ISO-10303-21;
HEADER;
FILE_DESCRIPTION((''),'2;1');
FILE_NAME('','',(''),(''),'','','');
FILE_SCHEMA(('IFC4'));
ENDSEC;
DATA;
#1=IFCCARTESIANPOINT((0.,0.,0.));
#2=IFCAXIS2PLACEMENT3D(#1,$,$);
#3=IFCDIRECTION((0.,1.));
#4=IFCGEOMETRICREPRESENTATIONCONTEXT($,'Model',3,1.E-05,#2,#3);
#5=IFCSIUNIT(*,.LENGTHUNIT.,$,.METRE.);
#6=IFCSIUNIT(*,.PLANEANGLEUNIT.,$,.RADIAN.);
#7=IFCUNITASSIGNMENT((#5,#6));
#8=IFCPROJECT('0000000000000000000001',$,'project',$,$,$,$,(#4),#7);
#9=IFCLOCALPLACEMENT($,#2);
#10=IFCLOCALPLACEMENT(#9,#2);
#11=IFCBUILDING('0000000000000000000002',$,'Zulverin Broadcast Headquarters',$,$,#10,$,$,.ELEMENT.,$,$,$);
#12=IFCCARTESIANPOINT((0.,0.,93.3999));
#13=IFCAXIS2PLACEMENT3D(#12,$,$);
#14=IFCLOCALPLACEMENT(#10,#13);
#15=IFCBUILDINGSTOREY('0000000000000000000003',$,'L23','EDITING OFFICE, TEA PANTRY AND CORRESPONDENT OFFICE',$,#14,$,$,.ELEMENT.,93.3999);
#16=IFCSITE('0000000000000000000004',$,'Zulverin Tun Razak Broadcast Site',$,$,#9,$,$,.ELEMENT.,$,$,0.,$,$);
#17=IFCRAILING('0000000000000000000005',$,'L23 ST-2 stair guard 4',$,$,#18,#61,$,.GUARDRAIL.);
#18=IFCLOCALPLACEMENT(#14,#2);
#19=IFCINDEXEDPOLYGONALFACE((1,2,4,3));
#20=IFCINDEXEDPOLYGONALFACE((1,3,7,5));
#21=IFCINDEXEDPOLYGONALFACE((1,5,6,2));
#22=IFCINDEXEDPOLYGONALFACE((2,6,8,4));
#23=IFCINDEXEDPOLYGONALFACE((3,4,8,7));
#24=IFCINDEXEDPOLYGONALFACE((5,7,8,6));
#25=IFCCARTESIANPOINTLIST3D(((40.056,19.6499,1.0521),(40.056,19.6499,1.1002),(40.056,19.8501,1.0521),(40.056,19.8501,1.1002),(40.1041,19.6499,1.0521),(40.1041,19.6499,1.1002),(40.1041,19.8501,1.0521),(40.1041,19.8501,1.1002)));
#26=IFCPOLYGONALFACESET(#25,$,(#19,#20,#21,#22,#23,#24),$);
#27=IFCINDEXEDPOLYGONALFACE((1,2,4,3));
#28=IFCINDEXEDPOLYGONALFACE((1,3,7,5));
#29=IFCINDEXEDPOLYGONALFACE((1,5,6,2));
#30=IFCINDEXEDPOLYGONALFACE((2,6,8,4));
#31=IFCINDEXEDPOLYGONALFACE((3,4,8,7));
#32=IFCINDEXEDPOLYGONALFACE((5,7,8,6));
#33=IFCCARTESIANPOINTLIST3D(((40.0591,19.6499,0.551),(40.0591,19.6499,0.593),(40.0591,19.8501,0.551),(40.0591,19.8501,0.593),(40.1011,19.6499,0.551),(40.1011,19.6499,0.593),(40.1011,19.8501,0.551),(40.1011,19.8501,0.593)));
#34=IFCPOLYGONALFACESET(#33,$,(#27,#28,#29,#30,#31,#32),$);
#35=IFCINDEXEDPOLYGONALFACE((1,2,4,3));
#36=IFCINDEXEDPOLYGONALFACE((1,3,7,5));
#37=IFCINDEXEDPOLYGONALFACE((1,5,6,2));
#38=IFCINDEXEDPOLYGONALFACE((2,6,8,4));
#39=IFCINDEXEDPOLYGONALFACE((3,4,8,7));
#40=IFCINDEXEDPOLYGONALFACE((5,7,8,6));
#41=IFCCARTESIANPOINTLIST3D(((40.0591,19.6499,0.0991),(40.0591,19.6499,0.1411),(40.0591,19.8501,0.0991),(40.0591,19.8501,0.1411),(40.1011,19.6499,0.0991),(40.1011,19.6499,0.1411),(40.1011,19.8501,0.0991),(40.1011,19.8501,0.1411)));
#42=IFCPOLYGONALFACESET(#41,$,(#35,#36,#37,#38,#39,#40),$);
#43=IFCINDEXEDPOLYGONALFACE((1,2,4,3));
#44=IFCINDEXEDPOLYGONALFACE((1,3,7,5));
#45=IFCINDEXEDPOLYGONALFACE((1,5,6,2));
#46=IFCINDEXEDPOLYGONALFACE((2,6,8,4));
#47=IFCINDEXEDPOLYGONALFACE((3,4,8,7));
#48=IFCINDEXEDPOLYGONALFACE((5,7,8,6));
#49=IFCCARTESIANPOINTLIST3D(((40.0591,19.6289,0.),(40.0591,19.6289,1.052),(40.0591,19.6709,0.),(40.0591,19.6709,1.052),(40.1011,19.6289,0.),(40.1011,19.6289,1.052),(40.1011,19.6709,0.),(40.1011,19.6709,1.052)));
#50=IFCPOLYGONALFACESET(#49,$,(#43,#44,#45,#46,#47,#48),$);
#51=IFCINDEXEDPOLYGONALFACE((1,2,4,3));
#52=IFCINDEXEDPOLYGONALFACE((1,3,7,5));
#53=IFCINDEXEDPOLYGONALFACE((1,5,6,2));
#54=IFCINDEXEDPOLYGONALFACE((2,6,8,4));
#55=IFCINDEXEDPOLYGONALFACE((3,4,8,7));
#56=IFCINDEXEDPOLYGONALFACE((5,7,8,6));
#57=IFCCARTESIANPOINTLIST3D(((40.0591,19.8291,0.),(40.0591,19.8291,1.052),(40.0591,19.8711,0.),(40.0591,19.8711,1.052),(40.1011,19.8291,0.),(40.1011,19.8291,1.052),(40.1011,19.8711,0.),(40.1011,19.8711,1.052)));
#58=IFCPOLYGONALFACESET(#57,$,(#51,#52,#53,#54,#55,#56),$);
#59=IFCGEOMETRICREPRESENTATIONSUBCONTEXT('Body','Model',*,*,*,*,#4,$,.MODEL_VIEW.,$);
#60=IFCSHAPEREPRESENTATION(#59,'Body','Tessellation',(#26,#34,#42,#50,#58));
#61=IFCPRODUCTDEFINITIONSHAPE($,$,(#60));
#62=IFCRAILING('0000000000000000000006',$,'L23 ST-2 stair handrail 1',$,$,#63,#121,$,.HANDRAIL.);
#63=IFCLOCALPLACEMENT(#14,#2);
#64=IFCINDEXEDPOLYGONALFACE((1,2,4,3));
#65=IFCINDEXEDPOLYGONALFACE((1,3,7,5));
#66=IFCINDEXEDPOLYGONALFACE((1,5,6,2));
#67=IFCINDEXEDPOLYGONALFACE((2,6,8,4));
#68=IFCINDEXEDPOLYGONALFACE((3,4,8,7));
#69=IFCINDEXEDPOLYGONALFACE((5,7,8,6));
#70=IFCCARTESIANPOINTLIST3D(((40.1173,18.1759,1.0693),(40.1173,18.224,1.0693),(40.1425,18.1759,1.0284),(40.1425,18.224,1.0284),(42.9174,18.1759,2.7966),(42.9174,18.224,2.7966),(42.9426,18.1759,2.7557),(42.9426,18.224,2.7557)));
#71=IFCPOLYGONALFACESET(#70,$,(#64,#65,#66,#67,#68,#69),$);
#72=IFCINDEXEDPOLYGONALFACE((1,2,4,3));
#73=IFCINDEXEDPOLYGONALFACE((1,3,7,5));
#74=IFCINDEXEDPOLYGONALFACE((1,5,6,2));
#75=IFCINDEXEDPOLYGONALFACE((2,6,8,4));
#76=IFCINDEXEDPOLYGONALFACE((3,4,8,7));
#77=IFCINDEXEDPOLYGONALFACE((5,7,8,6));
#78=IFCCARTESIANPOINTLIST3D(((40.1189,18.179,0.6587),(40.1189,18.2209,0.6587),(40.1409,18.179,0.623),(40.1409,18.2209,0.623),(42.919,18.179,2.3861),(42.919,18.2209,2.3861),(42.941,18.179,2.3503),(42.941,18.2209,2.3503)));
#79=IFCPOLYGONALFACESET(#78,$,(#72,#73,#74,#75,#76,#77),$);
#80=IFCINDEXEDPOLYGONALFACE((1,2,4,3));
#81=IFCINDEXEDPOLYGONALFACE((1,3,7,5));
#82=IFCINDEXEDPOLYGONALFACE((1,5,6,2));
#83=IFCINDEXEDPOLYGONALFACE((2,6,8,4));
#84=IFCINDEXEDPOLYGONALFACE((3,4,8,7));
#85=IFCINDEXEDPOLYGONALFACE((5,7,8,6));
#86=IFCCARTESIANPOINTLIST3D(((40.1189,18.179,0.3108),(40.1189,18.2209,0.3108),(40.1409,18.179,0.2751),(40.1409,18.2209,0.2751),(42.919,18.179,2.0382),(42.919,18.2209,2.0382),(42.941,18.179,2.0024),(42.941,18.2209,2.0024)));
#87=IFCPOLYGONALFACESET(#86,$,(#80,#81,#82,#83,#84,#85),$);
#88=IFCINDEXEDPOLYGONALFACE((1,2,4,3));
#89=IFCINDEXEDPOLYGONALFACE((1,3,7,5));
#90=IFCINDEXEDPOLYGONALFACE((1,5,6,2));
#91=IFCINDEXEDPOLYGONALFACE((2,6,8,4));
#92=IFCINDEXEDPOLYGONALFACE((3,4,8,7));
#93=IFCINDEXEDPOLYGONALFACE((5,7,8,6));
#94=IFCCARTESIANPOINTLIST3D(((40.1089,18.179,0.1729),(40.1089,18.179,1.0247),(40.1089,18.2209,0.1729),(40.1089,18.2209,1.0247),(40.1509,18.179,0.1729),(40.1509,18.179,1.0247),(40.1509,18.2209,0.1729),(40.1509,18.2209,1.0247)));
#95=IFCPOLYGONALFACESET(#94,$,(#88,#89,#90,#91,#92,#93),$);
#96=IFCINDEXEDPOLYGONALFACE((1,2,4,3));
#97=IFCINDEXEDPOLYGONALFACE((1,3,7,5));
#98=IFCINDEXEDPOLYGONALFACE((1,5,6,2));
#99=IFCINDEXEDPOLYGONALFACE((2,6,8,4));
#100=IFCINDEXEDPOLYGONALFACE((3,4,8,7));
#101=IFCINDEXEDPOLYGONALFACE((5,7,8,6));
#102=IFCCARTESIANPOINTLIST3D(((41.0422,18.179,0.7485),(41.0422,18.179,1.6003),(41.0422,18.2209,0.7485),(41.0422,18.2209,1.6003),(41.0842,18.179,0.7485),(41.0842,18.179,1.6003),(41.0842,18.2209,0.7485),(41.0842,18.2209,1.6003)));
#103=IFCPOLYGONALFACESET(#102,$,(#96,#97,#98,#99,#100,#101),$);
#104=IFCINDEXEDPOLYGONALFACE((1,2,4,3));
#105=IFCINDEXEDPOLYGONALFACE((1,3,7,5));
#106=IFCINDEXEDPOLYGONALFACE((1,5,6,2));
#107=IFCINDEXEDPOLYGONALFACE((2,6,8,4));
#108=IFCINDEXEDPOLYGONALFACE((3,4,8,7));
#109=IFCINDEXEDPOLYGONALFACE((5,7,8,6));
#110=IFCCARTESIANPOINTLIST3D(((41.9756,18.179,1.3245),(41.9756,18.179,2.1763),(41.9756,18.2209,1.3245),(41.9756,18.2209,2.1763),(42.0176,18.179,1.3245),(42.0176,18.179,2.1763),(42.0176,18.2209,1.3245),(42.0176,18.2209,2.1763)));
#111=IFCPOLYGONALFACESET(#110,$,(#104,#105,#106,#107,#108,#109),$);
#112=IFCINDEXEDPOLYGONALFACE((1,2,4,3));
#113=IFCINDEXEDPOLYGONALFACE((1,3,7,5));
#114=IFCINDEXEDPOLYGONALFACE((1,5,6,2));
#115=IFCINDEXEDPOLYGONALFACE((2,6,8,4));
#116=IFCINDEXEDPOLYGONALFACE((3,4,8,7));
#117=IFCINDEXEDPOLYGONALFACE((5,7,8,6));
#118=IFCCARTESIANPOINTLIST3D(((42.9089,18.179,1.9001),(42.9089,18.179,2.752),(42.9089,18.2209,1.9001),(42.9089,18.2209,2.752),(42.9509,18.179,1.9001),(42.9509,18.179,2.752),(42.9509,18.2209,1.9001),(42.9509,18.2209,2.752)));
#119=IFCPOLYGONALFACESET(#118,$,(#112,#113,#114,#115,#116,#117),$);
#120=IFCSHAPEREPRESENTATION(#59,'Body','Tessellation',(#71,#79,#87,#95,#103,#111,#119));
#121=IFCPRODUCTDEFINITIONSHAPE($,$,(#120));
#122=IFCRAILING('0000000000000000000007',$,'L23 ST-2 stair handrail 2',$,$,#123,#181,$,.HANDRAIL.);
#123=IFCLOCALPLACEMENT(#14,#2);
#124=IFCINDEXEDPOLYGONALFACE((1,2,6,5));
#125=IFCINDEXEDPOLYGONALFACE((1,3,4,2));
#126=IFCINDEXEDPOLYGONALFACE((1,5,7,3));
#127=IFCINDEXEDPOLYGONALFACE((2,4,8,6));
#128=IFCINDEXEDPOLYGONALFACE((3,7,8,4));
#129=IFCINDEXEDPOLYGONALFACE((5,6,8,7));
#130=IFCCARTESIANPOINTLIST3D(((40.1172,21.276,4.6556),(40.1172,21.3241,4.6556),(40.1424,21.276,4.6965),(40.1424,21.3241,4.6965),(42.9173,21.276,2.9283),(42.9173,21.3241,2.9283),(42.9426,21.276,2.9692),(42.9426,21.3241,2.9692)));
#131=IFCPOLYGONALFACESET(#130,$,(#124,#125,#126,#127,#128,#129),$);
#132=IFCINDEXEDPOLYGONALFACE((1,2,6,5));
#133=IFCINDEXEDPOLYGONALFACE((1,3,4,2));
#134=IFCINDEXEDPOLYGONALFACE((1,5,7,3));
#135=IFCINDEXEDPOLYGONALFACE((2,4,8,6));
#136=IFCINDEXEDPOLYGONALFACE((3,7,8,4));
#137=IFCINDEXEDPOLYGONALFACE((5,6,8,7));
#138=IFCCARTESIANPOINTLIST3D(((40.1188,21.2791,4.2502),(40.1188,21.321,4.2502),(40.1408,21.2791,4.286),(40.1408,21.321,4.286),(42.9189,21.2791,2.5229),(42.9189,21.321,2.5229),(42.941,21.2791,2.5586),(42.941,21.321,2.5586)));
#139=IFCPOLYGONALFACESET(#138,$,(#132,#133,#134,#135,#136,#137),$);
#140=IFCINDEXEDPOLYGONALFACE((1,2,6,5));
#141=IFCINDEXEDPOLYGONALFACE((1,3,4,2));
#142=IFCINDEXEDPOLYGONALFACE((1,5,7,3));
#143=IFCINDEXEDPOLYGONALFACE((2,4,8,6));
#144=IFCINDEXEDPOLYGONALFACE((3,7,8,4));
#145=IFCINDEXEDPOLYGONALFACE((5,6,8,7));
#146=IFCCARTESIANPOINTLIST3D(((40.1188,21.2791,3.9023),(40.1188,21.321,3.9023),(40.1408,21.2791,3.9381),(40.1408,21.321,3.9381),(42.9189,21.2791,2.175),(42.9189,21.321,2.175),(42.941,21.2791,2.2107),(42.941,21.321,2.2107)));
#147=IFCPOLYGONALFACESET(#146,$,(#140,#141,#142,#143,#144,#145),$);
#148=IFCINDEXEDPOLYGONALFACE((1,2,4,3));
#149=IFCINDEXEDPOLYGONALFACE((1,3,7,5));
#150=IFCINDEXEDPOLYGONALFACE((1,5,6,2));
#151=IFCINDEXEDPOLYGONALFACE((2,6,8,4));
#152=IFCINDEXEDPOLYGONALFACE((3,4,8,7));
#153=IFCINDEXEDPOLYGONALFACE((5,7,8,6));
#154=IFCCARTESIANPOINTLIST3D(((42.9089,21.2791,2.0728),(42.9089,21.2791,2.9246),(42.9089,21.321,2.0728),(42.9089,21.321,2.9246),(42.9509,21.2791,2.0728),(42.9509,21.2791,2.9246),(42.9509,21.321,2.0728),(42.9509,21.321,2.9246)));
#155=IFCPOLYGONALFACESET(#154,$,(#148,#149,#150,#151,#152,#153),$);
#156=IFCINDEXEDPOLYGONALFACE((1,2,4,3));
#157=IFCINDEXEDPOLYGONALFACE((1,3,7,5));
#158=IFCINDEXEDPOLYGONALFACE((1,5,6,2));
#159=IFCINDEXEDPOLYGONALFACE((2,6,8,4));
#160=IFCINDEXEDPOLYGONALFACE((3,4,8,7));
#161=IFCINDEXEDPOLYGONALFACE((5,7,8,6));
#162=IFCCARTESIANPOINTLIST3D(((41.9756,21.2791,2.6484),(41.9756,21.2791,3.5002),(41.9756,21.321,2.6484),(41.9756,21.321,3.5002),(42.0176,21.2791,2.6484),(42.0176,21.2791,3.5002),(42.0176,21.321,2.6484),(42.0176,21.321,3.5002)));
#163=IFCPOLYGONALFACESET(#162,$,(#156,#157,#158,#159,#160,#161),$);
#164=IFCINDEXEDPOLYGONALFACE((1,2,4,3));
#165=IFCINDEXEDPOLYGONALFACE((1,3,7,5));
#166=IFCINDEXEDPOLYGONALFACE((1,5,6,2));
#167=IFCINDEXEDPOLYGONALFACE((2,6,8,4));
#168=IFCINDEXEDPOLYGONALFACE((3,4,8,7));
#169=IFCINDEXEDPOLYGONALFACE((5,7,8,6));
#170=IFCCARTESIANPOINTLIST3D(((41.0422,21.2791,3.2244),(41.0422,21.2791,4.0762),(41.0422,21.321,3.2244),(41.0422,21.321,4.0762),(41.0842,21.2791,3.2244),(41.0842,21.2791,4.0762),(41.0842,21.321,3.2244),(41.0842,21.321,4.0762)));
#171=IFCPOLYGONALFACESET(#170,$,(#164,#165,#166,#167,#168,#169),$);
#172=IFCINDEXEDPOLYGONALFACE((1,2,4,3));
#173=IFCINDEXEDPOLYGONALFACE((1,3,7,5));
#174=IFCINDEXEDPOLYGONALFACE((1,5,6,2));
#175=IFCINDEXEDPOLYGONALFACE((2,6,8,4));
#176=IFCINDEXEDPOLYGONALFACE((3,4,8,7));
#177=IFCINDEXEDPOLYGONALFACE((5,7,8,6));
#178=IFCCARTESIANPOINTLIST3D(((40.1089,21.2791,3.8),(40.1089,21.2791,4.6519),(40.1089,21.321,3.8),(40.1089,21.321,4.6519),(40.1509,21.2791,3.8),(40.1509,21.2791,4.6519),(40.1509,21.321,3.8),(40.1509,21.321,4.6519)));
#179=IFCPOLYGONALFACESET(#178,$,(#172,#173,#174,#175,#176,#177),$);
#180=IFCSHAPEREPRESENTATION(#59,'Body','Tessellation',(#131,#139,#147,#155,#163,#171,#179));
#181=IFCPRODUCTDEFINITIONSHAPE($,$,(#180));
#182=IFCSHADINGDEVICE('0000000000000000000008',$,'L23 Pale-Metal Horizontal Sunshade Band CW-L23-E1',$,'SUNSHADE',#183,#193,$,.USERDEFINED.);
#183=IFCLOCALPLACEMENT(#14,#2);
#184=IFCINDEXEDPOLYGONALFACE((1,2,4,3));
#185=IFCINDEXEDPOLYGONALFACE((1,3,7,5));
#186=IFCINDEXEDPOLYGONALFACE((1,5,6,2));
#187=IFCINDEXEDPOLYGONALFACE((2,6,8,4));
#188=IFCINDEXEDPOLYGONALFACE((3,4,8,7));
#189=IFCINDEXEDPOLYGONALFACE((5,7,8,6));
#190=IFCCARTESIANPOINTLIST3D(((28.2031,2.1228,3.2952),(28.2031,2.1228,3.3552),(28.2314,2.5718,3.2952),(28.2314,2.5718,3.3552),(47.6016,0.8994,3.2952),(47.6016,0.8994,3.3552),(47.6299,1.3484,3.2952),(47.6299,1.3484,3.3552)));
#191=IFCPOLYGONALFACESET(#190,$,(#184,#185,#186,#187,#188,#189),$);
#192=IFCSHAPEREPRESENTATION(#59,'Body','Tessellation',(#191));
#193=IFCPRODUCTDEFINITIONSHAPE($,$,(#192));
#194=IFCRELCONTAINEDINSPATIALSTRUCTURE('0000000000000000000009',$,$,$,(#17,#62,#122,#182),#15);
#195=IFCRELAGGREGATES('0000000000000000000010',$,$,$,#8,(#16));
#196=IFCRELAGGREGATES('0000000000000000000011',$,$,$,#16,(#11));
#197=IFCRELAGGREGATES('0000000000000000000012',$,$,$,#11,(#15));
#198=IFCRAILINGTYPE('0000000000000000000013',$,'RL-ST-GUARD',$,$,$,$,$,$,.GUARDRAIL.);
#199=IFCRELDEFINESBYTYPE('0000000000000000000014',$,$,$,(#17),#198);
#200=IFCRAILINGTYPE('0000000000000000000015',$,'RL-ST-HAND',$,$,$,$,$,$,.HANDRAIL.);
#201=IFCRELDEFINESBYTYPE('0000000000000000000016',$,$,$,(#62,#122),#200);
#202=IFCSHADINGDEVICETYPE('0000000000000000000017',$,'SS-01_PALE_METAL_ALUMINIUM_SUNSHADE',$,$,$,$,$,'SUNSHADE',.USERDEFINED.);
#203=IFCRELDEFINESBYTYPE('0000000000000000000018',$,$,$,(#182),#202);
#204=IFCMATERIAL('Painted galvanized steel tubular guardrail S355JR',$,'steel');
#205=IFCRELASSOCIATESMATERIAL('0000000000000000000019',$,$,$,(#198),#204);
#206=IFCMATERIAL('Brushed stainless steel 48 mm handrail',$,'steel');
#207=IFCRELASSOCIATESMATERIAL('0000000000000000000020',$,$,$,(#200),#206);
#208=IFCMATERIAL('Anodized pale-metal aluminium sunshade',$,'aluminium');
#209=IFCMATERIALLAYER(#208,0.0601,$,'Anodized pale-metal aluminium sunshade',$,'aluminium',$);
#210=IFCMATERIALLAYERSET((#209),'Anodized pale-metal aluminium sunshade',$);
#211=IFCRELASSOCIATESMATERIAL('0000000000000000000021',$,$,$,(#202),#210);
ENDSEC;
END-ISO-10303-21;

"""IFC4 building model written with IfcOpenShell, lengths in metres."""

from ifc_helpers import new_model, si_unit, direction, frame, origin, origin_2d, place, context, subcontext, project, spatial, rectangle, extrude, material, layer, layer_set, type_object, element, save


model = new_model("IFC4")

# Units and contexts
model_context = context("Model", 3, precision=1e-05, world=origin(), true_north=direction((0.0, 1.0)))
body_context = subcontext(model_context, "Body", "Model", "MODEL_VIEW")
ifc_project = project(units=[si_unit("LENGTHUNIT", "METRE"), si_unit("PLANEANGLEUNIT", "RADIAN")], contexts=[model_context])

# Site, building, storey
site_placement = place(None, origin())
site = spatial("IfcSite", under=ifc_project, at=site_placement, Name="Zulverin Tun Razak Broadcast Site", CompositionType="ELEMENT", RefElevation=0.0)
building_placement = place(site_placement, origin())
building = spatial("IfcBuilding", under=site, at=building_placement, Name="Zulverin Broadcast Headquarters", CompositionType="ELEMENT")
storey_placement = place(building_placement, frame((0.0, 0.0, 93.3999)))
storey = spatial("IfcBuildingStorey", under=building, at=storey_placement, Name="L23", Description="EDITING OFFICE, TEA PANTRY AND CORRESPONDENT OFFICE", CompositionType="ELEMENT", Elevation=93.3999)

# Railings
ifc_material_1 = material(Name="Painted galvanized steel tubular guardrail S355JR", Category="steel")
railing_type_1 = type_object("IfcRailingType", Name="RL-ST-GUARD", PredefinedType="GUARDRAIL", material=ifc_material_1)
railing_1_placement = place(storey_placement, frame((40.0801, 19.6499, 0.0)))
element("IfcRailing", 1, at=railing_1_placement, inside=storey, type_object=railing_type_1, Name="L23 ST-2 stair guard 4", PredefinedType="GUARDRAIL", context=body_context, shape_type="SweptSolid", body=[
    extrude(rectangle(XDim=0.0481, YDim=0.0481, at=origin_2d()), frame((0.0, 0.0, 1.0762), z_axis=(0.0, 1.0, 0.0), x_axis=(-1.0, 0.0, 0.0)), (0.0, 0.0, 1.0), 0.2002),
    extrude(rectangle(XDim=0.042, YDim=0.042, at=origin_2d()), frame((0.0, 0.0, 0.572), z_axis=(0.0, 1.0, 0.0), x_axis=(-1.0, 0.0, 0.0)), (0.0, 0.0, 1.0), 0.2002),
    extrude(rectangle(XDim=0.042, YDim=0.042, at=origin_2d()), frame((0.0, 0.0, 0.1201), z_axis=(0.0, 1.0, 0.0), x_axis=(-1.0, 0.0, 0.0)), (0.0, 0.0, 1.0), 0.2002),
    extrude(rectangle(XDim=0.042, YDim=0.042, at=origin_2d()), origin(), (0.0, 0.0, 1.0), 1.052),
    extrude(rectangle(XDim=0.042, YDim=0.042, at=origin_2d()), frame((0.0, 0.2002, 0.0)), (0.0, 0.0, 1.0), 1.052),
])
ifc_material_2 = material(Name="Brushed stainless steel 48 mm handrail", Category="steel")
railing_type_2 = type_object("IfcRailingType", Name="RL-ST-HAND", PredefinedType="HANDRAIL", material=ifc_material_2)
railing_2_placement = place(storey_placement, frame((40.1299, 18.2, 0.1729)))
element("IfcRailing", 2, at=railing_2_placement, inside=storey, type_object=railing_type_2, Name="L23 ST-2 stair handrail 1", PredefinedType="HANDRAIL", context=body_context, shape_type="SweptSolid", body=[
    extrude(rectangle(XDim=0.0481, YDim=0.0481, at=origin_2d()), frame((0.0, 0.0, 0.876), z_axis=(0.85109, 0.0, 0.52502), x_axis=(0.0, 1.0, 0.0)), (0.0, 0.0, 1.0), 3.29),
    extrude(rectangle(XDim=0.042, YDim=0.042, at=origin_2d()), frame((0.0, 0.0, 0.468), z_axis=(0.85109, 0.0, 0.52502), x_axis=(0.0, 1.0, 0.0)), (0.0, 0.0, 1.0), 3.29),
    extrude(rectangle(XDim=0.042, YDim=0.042, at=origin_2d()), frame((0.0, 0.0, 0.1201), z_axis=(0.85109, 0.0, 0.52502), x_axis=(0.0, 1.0, 0.0)), (0.0, 0.0, 1.0), 3.29),
    extrude(rectangle(XDim=0.042, YDim=0.042, at=origin_2d()), origin(), (0.0, 0.0, 1.0), 0.8518),
    extrude(rectangle(XDim=0.042, YDim=0.042, at=origin_2d()), frame((0.9333, 0.0, 0.5757)), (0.0, 0.0, 1.0), 0.8518),
    extrude(rectangle(XDim=0.042, YDim=0.042, at=origin_2d()), frame((1.8667, 0.0, 1.1516)), (0.0, 0.0, 1.0), 0.8518),
    extrude(rectangle(XDim=0.042, YDim=0.042, at=origin_2d()), frame((2.8, 0.0, 1.7273)), (0.0, 0.0, 1.0), 0.8518),
])
railing_3_placement = place(storey_placement, frame((42.9299, 21.3, 2.0728)))
element("IfcRailing", 3, at=railing_3_placement, inside=storey, type_object=railing_type_2, Name="L23 ST-2 stair handrail 2", PredefinedType="HANDRAIL", context=body_context, shape_type="SweptSolid", body=[
    extrude(rectangle(XDim=0.0481, YDim=0.0481, at=origin_2d()), frame((0.0, 0.0, 0.876), z_axis=(-0.85109, 0.0, 0.52502), x_axis=(0.0, -1.0, 0.0)), (0.0, 0.0, 1.0), 3.29),
    extrude(rectangle(XDim=0.042, YDim=0.042, at=origin_2d()), frame((0.0, 0.0, 0.468), z_axis=(-0.85109, 0.0, 0.52502), x_axis=(0.0, -1.0, 0.0)), (0.0, 0.0, 1.0), 3.29),
    extrude(rectangle(XDim=0.042, YDim=0.042, at=origin_2d()), frame((0.0, 0.0, 0.1201), z_axis=(-0.85109, 0.0, 0.52502), x_axis=(0.0, -1.0, 0.0)), (0.0, 0.0, 1.0), 3.29),
    extrude(rectangle(XDim=0.042, YDim=0.042, at=origin_2d()), origin(), (0.0, 0.0, 1.0), 0.8518),
    extrude(rectangle(XDim=0.042, YDim=0.042, at=origin_2d()), frame((-0.9333, 0.0, 0.5757)), (0.0, 0.0, 1.0), 0.8518),
    extrude(rectangle(XDim=0.042, YDim=0.042, at=origin_2d()), frame((-1.8667, 0.0, 1.1516)), (0.0, 0.0, 1.0), 0.8518),
    extrude(rectangle(XDim=0.042, YDim=0.042, at=origin_2d()), frame((-2.8, 0.0, 1.7273)), (0.0, 0.0, 1.0), 0.8518),
])

# Shading device
ifc_material_3 = material(Name="Anodized pale-metal aluminium sunshade", Category="aluminium")
ifc_layer_1 = layer(ifc_material_3, 0.0601, Name="Anodized pale-metal aluminium sunshade", Category="aluminium")
ifc_layer_set_1 = layer_set([ifc_layer_1], Name="Anodized pale-metal aluminium sunshade")
shading_device_type = type_object("IfcShadingDeviceType", Name="SS-01_PALE_METAL_ALUMINIUM_SUNSHADE", ElementType="SUNSHADE", PredefinedType="USERDEFINED", material=ifc_layer_set_1)
shading_device_placement = place(storey_placement, frame((37.9165, 1.7356, 3.2952), z_axis=(0.0, 0.0, 1.0), x_axis=(0.998017, -0.062942, 0.0)))
element("IfcShadingDevice", 4, at=shading_device_placement, inside=storey, type_object=shading_device_type, Name="L23 Pale-Metal Horizontal Sunshade Band CW-L23-E1", ObjectType="SUNSHADE", PredefinedType="USERDEFINED", context=body_context, shape_type="SweptSolid", body=[
    extrude(rectangle(XDim=19.437, YDim=0.45, at=origin_2d()), origin(), (0.0, 0.0, 1.0), 0.0601),
])

save(model, "model.ifc")
